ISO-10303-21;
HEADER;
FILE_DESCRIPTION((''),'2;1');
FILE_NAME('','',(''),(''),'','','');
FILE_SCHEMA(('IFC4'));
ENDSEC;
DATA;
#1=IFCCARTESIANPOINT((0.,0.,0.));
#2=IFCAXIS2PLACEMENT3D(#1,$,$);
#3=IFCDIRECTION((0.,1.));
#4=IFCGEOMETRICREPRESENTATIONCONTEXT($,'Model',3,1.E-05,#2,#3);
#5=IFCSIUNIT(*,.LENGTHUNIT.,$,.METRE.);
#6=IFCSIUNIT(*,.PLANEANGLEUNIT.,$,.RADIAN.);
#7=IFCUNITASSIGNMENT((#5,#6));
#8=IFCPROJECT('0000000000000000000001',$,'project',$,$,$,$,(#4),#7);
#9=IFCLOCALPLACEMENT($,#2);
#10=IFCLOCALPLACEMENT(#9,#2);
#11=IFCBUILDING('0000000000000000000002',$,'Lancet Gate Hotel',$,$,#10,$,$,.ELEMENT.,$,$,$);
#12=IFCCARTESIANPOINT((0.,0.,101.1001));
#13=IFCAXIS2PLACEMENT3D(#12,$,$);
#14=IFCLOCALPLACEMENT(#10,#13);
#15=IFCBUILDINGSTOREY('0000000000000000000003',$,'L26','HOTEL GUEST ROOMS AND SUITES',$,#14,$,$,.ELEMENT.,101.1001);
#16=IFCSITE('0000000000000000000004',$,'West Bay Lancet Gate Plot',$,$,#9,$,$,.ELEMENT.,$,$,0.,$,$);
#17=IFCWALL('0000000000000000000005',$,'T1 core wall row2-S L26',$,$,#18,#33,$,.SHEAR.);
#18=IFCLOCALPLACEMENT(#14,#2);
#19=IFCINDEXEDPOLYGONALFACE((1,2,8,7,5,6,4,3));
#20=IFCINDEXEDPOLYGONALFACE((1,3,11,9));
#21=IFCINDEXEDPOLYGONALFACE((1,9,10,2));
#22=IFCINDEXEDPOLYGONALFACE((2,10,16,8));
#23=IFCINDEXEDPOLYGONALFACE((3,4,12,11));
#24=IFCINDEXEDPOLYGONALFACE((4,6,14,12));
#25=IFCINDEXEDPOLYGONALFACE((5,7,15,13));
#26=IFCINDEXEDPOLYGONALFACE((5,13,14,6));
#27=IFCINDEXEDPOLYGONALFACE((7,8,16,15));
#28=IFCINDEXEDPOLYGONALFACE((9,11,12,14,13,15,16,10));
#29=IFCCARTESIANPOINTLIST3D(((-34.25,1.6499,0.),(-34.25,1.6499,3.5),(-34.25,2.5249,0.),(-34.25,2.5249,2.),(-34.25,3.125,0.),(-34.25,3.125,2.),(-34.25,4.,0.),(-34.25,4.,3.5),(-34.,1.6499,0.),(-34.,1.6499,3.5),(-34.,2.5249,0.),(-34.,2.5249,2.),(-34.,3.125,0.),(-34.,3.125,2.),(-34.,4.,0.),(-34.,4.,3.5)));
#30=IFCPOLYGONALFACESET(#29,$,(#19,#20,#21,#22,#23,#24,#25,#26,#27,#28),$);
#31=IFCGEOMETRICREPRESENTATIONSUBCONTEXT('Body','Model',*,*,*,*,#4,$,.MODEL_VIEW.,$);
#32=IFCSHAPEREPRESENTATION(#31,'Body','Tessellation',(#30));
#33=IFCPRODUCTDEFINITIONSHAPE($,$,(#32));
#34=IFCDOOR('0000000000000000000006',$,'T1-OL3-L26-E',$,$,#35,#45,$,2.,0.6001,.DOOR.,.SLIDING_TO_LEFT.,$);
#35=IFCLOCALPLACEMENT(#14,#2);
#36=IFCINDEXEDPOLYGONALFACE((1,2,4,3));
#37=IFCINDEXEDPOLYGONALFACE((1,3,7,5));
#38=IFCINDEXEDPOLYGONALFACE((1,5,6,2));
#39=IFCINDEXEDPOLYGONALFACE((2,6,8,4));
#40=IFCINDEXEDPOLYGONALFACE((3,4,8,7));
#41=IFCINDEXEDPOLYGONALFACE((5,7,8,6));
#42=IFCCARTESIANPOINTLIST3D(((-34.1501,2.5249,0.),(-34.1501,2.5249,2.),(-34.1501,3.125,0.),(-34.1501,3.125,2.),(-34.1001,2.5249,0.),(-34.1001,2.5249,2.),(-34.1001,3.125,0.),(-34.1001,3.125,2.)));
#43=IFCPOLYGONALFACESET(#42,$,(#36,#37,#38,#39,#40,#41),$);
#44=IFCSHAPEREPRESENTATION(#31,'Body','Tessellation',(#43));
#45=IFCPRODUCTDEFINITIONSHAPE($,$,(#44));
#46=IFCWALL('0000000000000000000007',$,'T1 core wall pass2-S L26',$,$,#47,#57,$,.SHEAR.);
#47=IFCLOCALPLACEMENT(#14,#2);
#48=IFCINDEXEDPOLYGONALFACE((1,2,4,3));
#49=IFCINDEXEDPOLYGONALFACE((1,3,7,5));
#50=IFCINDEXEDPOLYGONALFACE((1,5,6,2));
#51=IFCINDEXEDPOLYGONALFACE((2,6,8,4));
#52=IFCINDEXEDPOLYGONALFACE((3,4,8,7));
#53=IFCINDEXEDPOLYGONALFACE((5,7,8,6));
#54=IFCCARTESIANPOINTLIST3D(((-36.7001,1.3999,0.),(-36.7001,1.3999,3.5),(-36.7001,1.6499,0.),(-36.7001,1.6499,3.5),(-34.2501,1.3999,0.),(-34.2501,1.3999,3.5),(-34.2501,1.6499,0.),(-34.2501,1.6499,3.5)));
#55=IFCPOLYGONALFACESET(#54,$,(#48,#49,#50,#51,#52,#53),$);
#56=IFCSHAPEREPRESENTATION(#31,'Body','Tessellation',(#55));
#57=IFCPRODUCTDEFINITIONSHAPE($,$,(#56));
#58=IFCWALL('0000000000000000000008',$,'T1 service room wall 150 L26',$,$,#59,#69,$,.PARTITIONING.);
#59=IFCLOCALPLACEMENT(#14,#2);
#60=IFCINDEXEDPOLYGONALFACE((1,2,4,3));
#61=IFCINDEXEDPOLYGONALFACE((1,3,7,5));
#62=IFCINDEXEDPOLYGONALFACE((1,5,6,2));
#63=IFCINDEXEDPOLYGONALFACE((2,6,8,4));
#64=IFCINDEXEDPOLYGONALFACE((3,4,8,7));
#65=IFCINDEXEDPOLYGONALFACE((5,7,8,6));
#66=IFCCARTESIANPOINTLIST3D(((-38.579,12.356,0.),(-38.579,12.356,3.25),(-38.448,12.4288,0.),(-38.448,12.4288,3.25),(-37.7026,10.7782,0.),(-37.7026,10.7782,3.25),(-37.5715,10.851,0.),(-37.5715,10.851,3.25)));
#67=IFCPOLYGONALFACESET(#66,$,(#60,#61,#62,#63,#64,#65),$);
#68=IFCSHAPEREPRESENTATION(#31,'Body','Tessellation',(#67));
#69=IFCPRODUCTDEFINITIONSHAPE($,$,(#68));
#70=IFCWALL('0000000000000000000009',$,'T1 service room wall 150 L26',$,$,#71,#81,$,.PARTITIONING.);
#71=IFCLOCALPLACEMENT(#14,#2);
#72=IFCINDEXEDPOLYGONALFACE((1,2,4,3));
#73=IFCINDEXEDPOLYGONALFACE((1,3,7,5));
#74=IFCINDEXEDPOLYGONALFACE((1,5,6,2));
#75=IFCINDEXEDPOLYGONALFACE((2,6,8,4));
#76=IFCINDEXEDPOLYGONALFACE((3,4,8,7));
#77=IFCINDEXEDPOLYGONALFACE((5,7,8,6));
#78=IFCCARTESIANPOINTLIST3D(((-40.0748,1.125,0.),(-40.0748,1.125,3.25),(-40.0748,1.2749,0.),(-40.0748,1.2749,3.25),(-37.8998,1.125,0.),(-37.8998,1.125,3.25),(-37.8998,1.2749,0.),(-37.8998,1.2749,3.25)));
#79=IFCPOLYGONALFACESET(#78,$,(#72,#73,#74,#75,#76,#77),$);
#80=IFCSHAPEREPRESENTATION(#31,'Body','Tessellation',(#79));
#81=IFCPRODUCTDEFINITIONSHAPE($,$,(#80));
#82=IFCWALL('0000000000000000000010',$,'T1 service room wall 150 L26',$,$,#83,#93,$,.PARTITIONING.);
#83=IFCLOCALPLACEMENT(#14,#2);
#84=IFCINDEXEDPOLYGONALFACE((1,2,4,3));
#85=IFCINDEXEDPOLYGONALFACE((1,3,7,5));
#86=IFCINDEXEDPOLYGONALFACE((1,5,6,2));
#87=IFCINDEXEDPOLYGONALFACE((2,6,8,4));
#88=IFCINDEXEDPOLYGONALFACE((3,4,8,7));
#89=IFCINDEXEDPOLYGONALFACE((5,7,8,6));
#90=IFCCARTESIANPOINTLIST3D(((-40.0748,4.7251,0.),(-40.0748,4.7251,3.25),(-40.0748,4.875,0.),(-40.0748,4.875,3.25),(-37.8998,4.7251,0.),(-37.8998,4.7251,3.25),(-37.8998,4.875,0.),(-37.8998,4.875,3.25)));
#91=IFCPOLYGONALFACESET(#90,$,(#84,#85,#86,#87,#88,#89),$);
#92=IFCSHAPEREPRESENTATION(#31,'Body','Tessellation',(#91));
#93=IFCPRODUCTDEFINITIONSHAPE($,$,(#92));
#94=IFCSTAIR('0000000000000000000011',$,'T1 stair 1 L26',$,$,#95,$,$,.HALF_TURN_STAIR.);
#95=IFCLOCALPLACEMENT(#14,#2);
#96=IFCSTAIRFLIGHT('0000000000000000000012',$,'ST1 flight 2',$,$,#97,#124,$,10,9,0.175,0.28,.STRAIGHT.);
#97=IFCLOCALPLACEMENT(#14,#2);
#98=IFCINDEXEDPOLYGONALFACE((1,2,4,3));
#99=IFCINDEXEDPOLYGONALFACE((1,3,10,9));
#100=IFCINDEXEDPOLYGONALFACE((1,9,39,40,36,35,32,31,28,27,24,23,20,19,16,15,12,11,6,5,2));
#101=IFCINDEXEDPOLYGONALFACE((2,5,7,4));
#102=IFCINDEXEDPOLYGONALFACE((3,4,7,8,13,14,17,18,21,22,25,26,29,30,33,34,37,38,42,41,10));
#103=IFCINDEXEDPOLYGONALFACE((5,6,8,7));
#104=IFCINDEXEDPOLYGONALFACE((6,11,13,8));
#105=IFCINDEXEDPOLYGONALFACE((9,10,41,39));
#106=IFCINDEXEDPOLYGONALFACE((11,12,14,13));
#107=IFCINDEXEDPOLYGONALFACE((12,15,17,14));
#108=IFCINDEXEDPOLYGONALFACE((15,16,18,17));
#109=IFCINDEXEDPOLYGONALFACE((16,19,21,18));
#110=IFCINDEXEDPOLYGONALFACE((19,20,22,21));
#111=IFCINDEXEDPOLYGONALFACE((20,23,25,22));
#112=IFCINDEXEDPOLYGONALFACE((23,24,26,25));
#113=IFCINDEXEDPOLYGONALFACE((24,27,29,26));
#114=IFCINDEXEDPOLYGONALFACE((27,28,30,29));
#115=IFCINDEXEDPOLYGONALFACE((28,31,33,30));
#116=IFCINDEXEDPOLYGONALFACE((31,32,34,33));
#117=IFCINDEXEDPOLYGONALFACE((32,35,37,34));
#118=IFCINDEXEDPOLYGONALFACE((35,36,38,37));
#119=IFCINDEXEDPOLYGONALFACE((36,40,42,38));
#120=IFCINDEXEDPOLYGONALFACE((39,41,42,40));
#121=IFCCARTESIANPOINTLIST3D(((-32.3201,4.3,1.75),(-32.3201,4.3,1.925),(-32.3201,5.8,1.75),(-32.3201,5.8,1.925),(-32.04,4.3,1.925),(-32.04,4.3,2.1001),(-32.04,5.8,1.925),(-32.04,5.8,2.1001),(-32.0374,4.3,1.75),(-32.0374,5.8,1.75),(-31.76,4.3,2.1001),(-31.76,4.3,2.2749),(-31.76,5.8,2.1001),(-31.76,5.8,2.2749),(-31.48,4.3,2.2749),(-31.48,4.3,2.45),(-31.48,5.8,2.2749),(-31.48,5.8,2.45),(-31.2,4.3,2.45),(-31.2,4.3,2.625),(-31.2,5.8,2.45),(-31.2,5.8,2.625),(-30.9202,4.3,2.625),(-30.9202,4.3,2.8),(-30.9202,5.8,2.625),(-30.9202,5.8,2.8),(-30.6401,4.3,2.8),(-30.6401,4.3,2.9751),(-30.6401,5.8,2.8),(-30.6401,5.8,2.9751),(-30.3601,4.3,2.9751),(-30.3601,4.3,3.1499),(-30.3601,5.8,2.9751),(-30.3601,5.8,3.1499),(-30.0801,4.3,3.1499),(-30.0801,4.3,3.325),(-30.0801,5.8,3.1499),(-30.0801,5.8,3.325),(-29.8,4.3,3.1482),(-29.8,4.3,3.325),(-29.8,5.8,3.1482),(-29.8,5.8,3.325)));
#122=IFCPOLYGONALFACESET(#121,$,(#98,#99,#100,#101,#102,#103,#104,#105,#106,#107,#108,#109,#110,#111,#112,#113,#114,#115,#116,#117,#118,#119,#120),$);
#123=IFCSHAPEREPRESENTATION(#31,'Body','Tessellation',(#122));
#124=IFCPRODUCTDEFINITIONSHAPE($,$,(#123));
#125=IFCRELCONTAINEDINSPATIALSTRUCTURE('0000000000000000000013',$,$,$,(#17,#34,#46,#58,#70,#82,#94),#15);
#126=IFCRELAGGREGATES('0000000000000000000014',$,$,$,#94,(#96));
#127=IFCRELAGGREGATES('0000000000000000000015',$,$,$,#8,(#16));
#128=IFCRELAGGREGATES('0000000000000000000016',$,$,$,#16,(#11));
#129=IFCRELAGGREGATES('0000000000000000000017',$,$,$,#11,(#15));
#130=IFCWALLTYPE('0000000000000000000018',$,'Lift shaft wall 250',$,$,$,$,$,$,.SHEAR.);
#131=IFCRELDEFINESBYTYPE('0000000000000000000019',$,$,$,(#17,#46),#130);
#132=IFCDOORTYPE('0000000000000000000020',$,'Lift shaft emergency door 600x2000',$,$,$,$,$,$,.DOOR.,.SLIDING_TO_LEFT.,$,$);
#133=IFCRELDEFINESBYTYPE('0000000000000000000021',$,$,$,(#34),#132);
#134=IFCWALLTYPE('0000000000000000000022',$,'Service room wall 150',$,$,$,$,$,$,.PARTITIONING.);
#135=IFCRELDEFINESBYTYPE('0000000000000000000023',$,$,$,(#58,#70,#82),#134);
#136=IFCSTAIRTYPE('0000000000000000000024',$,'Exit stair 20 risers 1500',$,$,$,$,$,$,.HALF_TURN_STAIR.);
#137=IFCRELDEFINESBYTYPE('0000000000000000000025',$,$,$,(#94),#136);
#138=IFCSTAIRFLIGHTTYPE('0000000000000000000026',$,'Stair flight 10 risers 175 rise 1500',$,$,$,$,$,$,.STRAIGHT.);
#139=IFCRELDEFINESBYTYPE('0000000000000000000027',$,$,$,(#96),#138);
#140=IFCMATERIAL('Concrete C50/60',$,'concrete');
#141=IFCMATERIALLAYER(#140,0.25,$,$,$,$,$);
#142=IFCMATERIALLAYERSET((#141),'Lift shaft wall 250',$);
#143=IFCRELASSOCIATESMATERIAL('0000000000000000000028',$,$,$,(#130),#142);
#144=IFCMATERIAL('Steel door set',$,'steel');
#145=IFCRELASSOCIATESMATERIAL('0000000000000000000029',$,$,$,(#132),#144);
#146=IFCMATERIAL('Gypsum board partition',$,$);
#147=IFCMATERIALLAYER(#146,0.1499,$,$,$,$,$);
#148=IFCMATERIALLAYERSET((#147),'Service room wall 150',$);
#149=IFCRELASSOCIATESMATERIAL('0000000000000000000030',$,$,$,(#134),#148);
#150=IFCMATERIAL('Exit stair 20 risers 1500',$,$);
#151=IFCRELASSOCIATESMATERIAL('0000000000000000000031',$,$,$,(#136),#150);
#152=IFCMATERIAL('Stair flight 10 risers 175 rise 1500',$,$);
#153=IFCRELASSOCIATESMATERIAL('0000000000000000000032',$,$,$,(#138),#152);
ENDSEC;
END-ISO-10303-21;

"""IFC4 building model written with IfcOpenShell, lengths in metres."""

from ifc_helpers import new_model, si_unit, direction, frame, frame_2d, origin, place, context, subcontext, project, spatial, polyline, rectangle, outline, extrude, material, layer, layer_set, type_object, element, fill, aggregate, save


model = new_model("IFC4")

# Units and contexts
model_context = context("Model", 3, precision=1e-05, world=origin(), true_north=direction((0.0, 1.0)))
body_context = subcontext(model_context, "Body", "Model", "MODEL_VIEW")
ifc_project = project(units=[si_unit("LENGTHUNIT", "METRE"), si_unit("PLANEANGLEUNIT", "RADIAN")], contexts=[model_context])

# Site, building, storey
site_placement = place(None, origin())
site = spatial("IfcSite", under=ifc_project, at=site_placement, Name="West Bay Lancet Gate Plot", CompositionType="ELEMENT", RefElevation=0.0)
building_placement = place(site_placement, origin())
building = spatial("IfcBuilding", under=site, at=building_placement, Name="Lancet Gate Hotel", CompositionType="ELEMENT")
storey_placement = place(building_placement, frame((0.0, 0.0, 101.1001)))
storey = spatial("IfcBuildingStorey", under=building, at=storey_placement, Name="L26", Description="HOTEL GUEST ROOMS AND SUITES", CompositionType="ELEMENT", Elevation=101.1001)

# Wall, opening, door
ifc_material_1 = material(Name="Concrete C50/60", Category="concrete")
ifc_layer_1 = layer(ifc_material_1, 0.25)
ifc_layer_set_1 = layer_set([ifc_layer_1], Name="Lift shaft wall 250")
wall_type_1 = type_object("IfcWallType", Name="Lift shaft wall 250", PredefinedType="SHEAR", material=ifc_layer_set_1)
wall_1_placement = place(storey_placement, frame((-34.125, 4.0, 0.0), z_axis=(0.0, 0.0, 1.0), x_axis=(0.0, -1.0, 0.0)))
wall_1 = element("IfcWall", 1, at=wall_1_placement, inside=storey, type_object=wall_type_1, Name="T1 core wall row2-S L26", PredefinedType="SHEAR", context=body_context, shape_type="SweptSolid", body=[
    extrude(rectangle(XDim=2.3501, YDim=0.25, at=frame_2d((1.175, 0.0))), origin(), (0.0, 0.0, 1.0), 3.5),
])
opening_1_placement = place(wall_1_placement, frame((0.875, 0.0, 0.0)))
opening_1 = element("IfcOpeningElement", 2, at=opening_1_placement, cuts=wall_1, PredefinedType="OPENING", context=body_context, shape_type="SweptSolid", body=[
    extrude(rectangle(XDim=0.6001, YDim=2.0, at=frame_2d((0.3, 1.0))), frame((0.0, 0.135, 0.0), z_axis=(0.0, -1.0, 0.0), x_axis=(1.0, 0.0, 0.0)), (0.0, 0.0, 1.0), 0.27),
])
ifc_material_2 = material(Name="Steel door set", Category="steel")
door_type_1 = type_object("IfcDoorType", Name="Lift shaft emergency door 600x2000", OperationType="SLIDING_TO_LEFT", PredefinedType="DOOR", material=ifc_material_2)
door_1_placement = place(opening_1_placement, origin())
door_1 = element("IfcDoor", 3, at=door_1_placement, inside=storey, type_object=door_type_1, Name="T1-OL3-L26-E", OperationType="SLIDING_TO_LEFT", OverallHeight=2.0, OverallWidth=0.6001, PredefinedType="DOOR", context=body_context, shape_type="SweptSolid", body=[
    extrude(rectangle(XDim=0.6001, YDim=2.0, at=frame_2d((0.3, 1.0))), frame((0.0, 0.0249, 0.0), z_axis=(0.0, -1.0, 0.0), x_axis=(1.0, 0.0, 0.0)), (0.0, 0.0, 1.0), 0.05),
])
fill(opening_1, door_1)

# Walls
wall_2_placement = place(storey_placement, frame((-34.25, 1.5249, 0.0), z_axis=(0.0, 0.0, 1.0), x_axis=(-1.0, 0.0, 0.0)))
element("IfcWall", 4, at=wall_2_placement, inside=storey, type_object=wall_type_1, Name="T1 core wall pass2-S L26", PredefinedType="SHEAR", context=body_context, shape_type="SweptSolid", body=[
    extrude(rectangle(XDim=2.45, YDim=0.25, at=frame_2d((1.2251, 0.0))), origin(), (0.0, 0.0, 1.0), 3.5),
])
ifc_material_3 = material(Name="Gypsum board partition")
ifc_layer_2 = layer(ifc_material_3, 0.1499)
ifc_layer_set_2 = layer_set([ifc_layer_2], Name="Service room wall 150")
wall_type_2 = type_object("IfcWallType", Name="Service room wall 150", PredefinedType="PARTITIONING", material=ifc_layer_set_2)
wall_3_placement = place(storey_placement, frame((-38.5134, 12.3923, 0.0), z_axis=(0.0, 0.0, 1.0), x_axis=(0.485586, -0.874189, 0.0)))
element("IfcWall", 5, at=wall_3_placement, inside=storey, type_object=wall_type_2, Name="T1 service room wall 150 L26", PredefinedType="PARTITIONING", context=body_context, shape_type="SweptSolid", body=[
    extrude(rectangle(XDim=1.8049, YDim=0.1499, at=frame_2d((0.9023, 0.0))), origin(), (0.0, 0.0, 1.0), 3.25),
])
for number, where, z_axis, x_axis, name in (
    (6, (-37.8999, 1.2, 0.0), (0.0, 0.0, 1.0), (-1.0, 0.0, 0.0), "T1 service room wall 150 L26"),
    (7, (-37.8999, 4.8, 0.0), (0.0, 0.0, 1.0), (-1.0, 0.0, 0.0), "T1 service room wall 150 L26"),
):
    element("IfcWall", number, at=place(storey_placement, frame(where, z_axis=z_axis, x_axis=x_axis)), inside=storey, type_object=wall_type_2, Name=name, PredefinedType="PARTITIONING", context=body_context, shape_type="SweptSolid", body=[
        extrude(rectangle(XDim=2.175, YDim=0.1499, at=frame_2d((1.0874, 0.0))), origin(), (0.0, 0.0, 1.0), 3.25),
    ])

# Stair, stair flight
ifc_material_4 = material(Name="Exit stair 20 risers 1500")
stair_type = type_object("IfcStairType", Name="Exit stair 20 risers 1500", PredefinedType="HALF_TURN_STAIR", material=ifc_material_4)
stair_placement = place(storey_placement, origin())
stair = element("IfcStair", 8, at=stair_placement, inside=storey, type_object=stair_type, Name="T1 stair 1 L26", PredefinedType="HALF_TURN_STAIR")
ifc_material_5 = material(Name="Stair flight 10 risers 175 rise 1500")
stair_flight_type = type_object("IfcStairFlightType", Name="Stair flight 10 risers 175 rise 1500", PredefinedType="STRAIGHT", material=ifc_material_5)
stair_flight_placement = place(storey_placement, frame((-32.3201, 5.05, 1.75), z_axis=(0.0, 0.0, 1.0), x_axis=(1.0, 0.0, 0.0)))
stair_flight = element("IfcStairFlight", 9, at=stair_flight_placement, type_object=stair_flight_type, Name="ST1 flight 2", NumberOfRisers=10, NumberOfTreads=9, PredefinedType="STRAIGHT", RiserHeight=0.175, TreadLength=0.28, context=body_context, shape_type="SweptSolid", body=[
    extrude(outline(polyline([(0.0, 0.0), (0.0, 0.175), (0.28, 0.175), (0.28, 0.3501), (0.5601, 0.3501), (0.5601, 0.5249), (0.8401, 0.5249), (0.8401, 0.7), (1.1201, 0.7), (1.1201, 0.875), (1.3999, 0.875), (1.3999, 1.05), (1.6799, 1.05), (1.6799, 1.2251), (1.96, 1.2251), (1.96, 1.3999), (2.24, 1.3999), (2.24, 1.575), (2.52, 1.575), (2.52, 1.75), (2.52, 1.3982), (0.2827, 0.0), (0.0, 0.0)])), frame((0.0, 0.75, 0.0), z_axis=(0.0, -1.0, 0.0), x_axis=(1.0, 0.0, 0.0)), (0.0, 0.0, 1.0), 1.5),
])
aggregate(stair, [stair_flight])

save(model, "model.ifc")
